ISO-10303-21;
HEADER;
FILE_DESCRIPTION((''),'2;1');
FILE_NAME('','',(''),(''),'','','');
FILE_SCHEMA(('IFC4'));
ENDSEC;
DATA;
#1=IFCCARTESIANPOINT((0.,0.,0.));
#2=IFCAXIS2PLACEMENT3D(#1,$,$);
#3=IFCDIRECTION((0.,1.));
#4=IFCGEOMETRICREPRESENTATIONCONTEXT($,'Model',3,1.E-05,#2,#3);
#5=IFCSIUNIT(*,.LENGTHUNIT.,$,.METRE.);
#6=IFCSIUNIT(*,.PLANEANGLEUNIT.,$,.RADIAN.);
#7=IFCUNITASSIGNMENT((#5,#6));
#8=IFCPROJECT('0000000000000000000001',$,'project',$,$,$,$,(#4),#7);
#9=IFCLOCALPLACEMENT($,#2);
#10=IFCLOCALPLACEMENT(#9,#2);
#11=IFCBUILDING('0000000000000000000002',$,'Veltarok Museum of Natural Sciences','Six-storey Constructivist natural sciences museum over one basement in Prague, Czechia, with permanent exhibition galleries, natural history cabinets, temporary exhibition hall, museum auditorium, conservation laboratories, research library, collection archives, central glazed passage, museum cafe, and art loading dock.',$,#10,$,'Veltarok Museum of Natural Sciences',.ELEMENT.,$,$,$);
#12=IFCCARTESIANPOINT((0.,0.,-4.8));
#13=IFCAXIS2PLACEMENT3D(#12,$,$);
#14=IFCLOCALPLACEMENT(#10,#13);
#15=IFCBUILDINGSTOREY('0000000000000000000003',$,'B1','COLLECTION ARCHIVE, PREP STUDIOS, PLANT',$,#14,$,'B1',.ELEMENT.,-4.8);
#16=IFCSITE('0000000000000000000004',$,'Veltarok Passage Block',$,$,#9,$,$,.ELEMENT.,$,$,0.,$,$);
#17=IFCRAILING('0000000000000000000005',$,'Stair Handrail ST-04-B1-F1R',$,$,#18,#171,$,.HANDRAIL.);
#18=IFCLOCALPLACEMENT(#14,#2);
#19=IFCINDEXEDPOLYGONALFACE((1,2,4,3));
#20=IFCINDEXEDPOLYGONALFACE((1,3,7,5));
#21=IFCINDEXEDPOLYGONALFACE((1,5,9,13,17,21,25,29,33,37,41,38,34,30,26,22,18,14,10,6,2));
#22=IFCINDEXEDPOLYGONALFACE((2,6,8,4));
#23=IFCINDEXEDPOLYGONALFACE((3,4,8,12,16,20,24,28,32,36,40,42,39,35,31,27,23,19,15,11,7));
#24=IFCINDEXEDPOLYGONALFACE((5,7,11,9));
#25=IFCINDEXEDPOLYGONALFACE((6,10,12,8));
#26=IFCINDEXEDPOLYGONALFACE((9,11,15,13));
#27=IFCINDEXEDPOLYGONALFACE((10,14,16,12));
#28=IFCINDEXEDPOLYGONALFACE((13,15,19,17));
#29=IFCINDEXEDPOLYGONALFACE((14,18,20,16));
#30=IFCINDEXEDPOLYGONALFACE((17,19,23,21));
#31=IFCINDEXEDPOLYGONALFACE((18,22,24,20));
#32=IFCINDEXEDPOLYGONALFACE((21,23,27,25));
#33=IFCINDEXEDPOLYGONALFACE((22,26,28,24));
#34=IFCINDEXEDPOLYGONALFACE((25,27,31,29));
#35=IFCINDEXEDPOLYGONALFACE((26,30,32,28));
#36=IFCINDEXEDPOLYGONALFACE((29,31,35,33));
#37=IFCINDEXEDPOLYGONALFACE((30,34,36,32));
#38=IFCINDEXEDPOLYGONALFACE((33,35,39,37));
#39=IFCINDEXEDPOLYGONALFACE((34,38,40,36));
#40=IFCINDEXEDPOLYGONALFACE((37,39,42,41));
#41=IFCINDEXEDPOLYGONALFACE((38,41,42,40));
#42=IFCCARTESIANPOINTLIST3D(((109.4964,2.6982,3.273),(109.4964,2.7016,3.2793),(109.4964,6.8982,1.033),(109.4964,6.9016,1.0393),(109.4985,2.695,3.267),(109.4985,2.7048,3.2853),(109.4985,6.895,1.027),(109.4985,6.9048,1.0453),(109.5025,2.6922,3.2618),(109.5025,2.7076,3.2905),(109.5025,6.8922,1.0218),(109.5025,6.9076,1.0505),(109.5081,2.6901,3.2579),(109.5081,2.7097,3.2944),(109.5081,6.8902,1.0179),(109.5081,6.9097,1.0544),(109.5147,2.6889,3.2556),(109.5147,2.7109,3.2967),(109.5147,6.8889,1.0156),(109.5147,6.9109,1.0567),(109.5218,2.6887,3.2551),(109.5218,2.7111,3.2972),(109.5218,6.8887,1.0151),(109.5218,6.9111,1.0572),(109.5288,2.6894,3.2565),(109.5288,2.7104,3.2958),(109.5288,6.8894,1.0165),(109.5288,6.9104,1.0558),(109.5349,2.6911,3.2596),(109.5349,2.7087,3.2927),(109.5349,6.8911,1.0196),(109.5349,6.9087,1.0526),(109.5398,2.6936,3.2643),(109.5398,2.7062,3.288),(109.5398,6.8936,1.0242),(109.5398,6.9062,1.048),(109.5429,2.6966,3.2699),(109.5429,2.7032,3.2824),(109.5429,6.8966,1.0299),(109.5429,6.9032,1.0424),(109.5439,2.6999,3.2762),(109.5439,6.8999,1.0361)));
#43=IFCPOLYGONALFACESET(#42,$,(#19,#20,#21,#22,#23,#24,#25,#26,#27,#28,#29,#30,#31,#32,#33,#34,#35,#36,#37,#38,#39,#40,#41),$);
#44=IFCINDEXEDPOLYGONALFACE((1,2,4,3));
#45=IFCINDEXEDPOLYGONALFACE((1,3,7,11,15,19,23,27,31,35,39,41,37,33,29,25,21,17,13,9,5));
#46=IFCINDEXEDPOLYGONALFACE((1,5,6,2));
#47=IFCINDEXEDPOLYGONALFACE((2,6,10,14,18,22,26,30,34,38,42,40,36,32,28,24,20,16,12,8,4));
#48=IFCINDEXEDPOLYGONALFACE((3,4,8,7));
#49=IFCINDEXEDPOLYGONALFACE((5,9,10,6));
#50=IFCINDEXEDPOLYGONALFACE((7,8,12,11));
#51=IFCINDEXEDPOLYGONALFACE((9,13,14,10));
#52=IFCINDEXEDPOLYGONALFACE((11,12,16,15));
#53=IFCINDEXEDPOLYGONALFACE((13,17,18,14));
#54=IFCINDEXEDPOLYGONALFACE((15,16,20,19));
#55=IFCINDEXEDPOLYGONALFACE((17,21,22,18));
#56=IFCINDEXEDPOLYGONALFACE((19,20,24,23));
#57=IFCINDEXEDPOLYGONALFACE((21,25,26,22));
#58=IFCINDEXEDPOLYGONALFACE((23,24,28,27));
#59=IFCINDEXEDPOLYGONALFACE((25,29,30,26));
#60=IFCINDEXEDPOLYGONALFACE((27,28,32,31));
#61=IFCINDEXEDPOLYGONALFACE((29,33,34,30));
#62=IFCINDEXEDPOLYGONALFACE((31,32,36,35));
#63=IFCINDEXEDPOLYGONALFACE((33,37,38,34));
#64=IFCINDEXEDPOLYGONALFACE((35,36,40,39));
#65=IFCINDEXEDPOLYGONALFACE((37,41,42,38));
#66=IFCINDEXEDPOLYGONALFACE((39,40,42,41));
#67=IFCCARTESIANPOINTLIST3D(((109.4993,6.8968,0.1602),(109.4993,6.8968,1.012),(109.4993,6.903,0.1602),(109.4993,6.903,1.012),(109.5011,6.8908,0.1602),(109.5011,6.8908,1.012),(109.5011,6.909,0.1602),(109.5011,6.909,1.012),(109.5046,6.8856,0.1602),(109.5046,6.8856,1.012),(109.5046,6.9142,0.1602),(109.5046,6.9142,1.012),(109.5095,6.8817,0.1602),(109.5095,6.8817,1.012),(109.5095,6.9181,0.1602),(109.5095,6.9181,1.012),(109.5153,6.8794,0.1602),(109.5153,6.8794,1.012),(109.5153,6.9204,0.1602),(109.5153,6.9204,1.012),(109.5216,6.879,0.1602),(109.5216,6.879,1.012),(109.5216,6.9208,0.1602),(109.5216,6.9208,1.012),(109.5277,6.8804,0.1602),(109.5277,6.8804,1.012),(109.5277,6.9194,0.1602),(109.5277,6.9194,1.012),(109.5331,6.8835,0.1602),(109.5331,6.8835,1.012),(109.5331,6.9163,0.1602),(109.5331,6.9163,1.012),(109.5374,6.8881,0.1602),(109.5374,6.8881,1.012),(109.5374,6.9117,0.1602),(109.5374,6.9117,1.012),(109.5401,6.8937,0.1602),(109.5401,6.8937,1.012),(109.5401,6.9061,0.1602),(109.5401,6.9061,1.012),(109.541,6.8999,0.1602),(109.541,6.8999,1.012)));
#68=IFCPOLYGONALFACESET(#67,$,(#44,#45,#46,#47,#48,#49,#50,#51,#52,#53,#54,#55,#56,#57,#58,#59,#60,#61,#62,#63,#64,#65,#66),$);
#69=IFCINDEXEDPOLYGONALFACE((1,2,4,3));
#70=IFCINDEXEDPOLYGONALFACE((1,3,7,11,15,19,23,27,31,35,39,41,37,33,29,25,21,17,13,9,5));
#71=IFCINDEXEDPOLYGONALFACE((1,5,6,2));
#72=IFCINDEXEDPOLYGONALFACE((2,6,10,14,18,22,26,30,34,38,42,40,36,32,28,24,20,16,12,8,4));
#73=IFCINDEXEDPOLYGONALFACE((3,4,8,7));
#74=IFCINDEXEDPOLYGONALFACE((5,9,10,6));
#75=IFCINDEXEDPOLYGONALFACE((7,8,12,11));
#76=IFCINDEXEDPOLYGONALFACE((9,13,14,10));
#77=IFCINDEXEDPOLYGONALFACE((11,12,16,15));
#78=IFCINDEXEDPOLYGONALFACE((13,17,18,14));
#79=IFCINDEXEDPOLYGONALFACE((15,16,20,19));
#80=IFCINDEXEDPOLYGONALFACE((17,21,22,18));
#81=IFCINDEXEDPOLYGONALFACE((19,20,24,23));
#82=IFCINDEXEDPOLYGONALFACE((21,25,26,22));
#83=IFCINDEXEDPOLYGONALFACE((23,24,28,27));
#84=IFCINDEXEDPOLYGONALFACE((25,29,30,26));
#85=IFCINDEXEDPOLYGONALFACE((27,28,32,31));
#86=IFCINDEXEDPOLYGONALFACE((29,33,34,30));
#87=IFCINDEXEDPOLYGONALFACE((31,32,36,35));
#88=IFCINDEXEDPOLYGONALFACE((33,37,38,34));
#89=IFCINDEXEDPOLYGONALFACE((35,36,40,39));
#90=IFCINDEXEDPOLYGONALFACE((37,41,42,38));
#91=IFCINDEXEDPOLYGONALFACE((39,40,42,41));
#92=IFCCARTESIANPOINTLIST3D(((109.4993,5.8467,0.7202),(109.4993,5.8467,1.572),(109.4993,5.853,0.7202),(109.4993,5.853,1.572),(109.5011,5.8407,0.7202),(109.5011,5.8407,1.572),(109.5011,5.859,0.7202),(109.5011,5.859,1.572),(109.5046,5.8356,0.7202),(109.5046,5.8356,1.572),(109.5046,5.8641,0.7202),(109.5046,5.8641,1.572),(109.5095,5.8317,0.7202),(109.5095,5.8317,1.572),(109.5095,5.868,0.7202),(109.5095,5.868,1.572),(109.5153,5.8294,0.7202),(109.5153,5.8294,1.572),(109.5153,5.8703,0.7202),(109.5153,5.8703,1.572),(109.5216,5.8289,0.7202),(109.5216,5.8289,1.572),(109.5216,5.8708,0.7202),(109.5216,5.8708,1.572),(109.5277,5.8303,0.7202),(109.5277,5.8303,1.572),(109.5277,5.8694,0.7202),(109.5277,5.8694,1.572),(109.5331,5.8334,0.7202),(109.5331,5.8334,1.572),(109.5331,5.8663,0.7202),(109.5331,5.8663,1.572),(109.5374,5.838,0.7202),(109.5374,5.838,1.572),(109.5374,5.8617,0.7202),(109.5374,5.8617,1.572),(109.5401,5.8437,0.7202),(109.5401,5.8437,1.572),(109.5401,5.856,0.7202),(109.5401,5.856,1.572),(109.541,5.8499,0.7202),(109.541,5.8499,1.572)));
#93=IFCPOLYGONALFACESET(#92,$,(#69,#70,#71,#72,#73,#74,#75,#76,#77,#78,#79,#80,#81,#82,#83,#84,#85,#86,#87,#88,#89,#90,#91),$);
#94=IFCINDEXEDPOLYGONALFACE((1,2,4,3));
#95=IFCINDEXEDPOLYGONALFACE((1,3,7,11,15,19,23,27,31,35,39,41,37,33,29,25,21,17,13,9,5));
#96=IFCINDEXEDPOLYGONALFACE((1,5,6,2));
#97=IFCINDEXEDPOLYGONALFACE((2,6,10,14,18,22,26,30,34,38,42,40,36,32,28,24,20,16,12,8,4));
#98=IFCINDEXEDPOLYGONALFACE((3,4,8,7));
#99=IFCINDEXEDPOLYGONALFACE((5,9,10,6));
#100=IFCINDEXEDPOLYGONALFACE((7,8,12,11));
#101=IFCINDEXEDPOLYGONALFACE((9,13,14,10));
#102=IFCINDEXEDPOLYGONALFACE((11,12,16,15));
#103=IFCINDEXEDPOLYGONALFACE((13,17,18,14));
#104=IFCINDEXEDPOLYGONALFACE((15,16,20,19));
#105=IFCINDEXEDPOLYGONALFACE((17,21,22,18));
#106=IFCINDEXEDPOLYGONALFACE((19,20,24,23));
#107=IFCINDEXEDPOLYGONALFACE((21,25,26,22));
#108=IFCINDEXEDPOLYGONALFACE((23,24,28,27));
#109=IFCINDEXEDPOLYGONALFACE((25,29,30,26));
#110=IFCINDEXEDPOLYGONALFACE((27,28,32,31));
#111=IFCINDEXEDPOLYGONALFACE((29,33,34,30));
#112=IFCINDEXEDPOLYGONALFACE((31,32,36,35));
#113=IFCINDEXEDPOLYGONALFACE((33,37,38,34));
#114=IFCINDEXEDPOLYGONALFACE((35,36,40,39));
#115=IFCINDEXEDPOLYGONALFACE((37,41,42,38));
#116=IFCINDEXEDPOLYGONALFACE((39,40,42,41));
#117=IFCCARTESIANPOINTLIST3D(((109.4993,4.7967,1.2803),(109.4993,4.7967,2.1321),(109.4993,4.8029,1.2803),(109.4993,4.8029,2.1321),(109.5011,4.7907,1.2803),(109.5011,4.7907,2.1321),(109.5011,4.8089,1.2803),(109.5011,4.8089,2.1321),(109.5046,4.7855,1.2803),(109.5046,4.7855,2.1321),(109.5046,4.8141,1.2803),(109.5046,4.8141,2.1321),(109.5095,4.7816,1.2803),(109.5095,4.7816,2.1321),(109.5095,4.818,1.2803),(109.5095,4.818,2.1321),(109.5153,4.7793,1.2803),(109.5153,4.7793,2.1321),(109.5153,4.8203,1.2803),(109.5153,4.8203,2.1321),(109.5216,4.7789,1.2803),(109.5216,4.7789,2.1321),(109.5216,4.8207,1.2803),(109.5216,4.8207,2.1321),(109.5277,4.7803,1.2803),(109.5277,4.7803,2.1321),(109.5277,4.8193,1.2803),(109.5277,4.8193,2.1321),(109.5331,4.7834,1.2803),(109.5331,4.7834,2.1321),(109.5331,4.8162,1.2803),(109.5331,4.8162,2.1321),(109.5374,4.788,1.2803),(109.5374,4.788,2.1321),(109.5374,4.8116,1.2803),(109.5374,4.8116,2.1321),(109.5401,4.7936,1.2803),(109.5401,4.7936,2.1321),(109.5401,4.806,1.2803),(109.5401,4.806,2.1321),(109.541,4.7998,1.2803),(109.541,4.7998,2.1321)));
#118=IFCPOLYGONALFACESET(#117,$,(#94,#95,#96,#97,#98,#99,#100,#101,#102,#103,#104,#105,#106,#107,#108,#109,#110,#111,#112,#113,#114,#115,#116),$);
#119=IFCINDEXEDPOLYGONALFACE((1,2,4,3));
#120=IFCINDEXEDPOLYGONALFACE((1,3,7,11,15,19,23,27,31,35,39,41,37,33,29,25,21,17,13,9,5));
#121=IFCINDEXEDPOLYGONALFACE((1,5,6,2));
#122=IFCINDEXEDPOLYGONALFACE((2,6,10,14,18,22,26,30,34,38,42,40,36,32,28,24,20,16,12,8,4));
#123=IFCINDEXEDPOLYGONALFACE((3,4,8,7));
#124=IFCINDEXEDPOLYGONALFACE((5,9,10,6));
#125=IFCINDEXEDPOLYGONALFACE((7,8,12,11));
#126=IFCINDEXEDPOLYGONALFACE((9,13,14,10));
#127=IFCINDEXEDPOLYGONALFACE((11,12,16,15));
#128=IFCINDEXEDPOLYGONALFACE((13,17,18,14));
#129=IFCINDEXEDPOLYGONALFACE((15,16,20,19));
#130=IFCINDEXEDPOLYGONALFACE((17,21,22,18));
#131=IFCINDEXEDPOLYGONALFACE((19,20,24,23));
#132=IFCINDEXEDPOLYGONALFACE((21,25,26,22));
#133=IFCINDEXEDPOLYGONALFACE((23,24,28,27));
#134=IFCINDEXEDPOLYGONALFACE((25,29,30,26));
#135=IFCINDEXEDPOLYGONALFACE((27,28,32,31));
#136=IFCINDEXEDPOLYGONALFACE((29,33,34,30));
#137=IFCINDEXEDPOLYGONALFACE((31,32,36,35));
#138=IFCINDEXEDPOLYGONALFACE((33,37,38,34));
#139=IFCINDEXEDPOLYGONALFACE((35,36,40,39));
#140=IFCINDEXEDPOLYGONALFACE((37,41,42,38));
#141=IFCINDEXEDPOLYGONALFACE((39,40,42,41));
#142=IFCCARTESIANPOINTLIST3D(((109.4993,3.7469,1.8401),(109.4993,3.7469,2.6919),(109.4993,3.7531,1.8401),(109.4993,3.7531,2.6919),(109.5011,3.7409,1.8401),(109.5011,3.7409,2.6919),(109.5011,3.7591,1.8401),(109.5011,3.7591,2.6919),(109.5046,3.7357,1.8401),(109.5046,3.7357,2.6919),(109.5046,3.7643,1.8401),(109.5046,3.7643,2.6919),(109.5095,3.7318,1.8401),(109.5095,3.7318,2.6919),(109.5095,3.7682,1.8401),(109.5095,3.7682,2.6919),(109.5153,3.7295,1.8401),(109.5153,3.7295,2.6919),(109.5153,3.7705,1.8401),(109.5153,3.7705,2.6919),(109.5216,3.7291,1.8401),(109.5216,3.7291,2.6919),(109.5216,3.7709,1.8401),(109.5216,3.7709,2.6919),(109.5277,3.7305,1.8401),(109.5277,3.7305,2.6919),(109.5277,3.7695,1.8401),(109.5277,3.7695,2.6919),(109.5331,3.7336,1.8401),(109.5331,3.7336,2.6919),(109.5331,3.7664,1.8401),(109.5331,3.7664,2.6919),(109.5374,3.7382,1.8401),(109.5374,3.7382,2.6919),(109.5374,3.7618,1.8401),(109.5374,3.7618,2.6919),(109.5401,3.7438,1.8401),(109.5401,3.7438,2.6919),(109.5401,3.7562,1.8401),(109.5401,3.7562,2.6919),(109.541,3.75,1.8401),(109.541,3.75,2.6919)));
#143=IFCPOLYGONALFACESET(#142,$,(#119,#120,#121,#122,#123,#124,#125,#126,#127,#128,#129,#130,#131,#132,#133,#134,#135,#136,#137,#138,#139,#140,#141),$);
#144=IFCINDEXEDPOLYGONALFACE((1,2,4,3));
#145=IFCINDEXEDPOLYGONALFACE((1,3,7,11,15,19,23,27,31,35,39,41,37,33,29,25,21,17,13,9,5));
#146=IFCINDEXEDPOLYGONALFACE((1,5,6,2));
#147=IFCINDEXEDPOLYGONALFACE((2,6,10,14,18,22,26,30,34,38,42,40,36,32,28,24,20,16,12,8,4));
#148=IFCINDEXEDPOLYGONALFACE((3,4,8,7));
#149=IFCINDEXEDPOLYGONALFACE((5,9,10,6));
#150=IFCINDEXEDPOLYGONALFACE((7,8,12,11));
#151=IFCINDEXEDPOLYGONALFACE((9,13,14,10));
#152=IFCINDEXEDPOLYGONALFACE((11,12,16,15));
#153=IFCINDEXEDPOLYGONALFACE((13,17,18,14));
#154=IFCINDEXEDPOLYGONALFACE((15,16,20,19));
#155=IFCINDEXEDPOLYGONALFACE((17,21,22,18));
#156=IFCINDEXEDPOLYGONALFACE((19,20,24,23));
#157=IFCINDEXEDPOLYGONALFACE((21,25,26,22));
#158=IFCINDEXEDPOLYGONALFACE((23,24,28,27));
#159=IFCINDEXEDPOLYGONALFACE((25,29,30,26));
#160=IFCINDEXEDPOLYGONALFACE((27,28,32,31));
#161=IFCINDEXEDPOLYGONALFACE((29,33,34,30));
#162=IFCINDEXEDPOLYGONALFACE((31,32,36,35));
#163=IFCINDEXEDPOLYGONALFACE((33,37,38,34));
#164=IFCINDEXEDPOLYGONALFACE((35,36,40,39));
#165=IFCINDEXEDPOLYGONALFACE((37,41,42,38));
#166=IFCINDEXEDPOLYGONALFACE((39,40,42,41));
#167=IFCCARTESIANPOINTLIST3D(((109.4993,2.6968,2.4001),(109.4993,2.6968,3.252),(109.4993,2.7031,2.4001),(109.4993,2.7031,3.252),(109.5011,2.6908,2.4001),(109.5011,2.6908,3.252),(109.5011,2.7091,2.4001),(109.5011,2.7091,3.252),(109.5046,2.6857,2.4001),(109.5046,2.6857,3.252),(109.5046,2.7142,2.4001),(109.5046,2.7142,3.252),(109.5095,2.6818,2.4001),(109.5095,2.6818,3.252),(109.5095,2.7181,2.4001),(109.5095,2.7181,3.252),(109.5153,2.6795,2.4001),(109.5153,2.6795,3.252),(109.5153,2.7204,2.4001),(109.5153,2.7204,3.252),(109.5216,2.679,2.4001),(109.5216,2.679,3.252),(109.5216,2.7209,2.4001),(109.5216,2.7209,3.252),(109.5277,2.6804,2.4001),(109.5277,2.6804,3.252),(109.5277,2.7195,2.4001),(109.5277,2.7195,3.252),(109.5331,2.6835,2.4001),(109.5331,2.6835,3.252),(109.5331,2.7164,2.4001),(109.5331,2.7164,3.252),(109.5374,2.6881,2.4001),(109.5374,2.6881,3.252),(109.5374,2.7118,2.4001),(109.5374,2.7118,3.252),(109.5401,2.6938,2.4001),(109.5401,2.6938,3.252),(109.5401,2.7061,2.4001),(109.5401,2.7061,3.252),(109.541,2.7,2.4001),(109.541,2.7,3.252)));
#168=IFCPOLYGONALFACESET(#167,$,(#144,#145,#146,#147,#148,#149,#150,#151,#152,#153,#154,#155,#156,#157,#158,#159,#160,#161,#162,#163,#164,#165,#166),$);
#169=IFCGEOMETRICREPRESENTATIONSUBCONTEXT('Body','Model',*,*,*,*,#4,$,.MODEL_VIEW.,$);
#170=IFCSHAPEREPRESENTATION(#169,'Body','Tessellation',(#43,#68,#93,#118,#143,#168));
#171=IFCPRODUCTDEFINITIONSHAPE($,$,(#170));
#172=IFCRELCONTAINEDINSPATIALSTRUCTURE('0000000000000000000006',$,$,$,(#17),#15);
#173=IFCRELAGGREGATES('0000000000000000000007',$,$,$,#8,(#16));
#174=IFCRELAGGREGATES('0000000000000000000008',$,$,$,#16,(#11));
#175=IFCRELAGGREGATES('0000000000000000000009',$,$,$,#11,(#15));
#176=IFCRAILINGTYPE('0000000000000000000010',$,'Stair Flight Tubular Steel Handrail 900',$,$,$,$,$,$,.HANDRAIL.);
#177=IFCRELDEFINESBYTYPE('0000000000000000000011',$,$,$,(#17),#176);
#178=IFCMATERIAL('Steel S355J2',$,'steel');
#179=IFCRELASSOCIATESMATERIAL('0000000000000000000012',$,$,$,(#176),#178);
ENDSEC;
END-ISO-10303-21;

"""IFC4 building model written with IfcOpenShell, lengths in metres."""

from ifc_helpers import new_model, si_unit, direction, frame, origin, origin_2d, place, context, subcontext, project, spatial, circle, extrude, material, type_object, element, save


model = new_model("IFC4")

# Units and contexts
model_context = context("Model", 3, precision=1e-05, world=origin(), true_north=direction((0.0, 1.0)))
body_context = subcontext(model_context, "Body", "Model", "MODEL_VIEW")
ifc_project = project(units=[si_unit("LENGTHUNIT", "METRE"), si_unit("PLANEANGLEUNIT", "RADIAN")], contexts=[model_context])

# Site, building, storey
site_placement = place(None, origin())
site = spatial("IfcSite", under=ifc_project, at=site_placement, Name="Veltarok Passage Block", CompositionType="ELEMENT", RefElevation=0.0)
building_placement = place(site_placement, origin())
building = spatial("IfcBuilding", under=site, at=building_placement, Name="Veltarok Museum of Natural Sciences", Description="Six-storey Constructivist natural sciences museum over one basement in Prague, Czechia, with permanent exhibition galleries, natural history cabinets, temporary exhibition hall, museum auditorium, conservation laboratories, research library, collection archives, central glazed passage, museum cafe, and art loading dock.", LongName="Veltarok Museum of Natural Sciences", CompositionType="ELEMENT")
storey_placement = place(building_placement, frame((0.0, 0.0, -4.8)))
storey = spatial("IfcBuildingStorey", under=building, at=storey_placement, Name="B1", Description="COLLECTION ARCHIVE, PREP STUDIOS, PLANT", LongName="B1", CompositionType="ELEMENT", Elevation=-4.8)

# Shared definitions
ifc_material_1 = material(Name="Steel S355J2", Category="steel")

# Railing
railing_type_1 = type_object("IfcRailingType", Name="Stair Flight Tubular Steel Handrail 900", PredefinedType="HANDRAIL", material=ifc_material_1)
for number, where, name in (
    (1, (109.52, 6.8999, 0.1602), "Stair Handrail ST-04-B1-F1R"),
):
    element("IfcRailing", number, at=place(storey_placement, frame(where)), inside=storey, type_object=railing_type_1, Name=name, PredefinedType="HANDRAIL", context=body_context, shape_type="SweptSolid", body=[
        extrude(circle(Radius=0.0239, at=origin_2d()), frame((0.0, 0.0, 0.876), z_axis=(0.0, -0.882352, 0.470591), x_axis=(1.0, 0.0, 0.0)), (0.0, 0.0, 1.0), 4.76),
        extrude(circle(Radius=0.021, at=origin_2d()), origin(), (0.0, 0.0, 1.0), 0.8518),
        extrude(circle(Radius=0.021, at=origin_2d()), frame((0.0, -1.05, 0.5601)), (0.0, 0.0, 1.0), 0.8518),
        extrude(circle(Radius=0.021, at=origin_2d()), frame((0.0, -2.1001, 1.1201)), (0.0, 0.0, 1.0), 0.8518),
        extrude(circle(Radius=0.021, at=origin_2d()), frame((0.0, -3.1499, 1.6799)), (0.0, 0.0, 1.0), 0.8518),
        extrude(circle(Radius=0.021, at=origin_2d()), frame((0.0, -4.2, 2.24)), (0.0, 0.0, 1.0), 0.8518),
    ])

save(model, "model.ifc")
